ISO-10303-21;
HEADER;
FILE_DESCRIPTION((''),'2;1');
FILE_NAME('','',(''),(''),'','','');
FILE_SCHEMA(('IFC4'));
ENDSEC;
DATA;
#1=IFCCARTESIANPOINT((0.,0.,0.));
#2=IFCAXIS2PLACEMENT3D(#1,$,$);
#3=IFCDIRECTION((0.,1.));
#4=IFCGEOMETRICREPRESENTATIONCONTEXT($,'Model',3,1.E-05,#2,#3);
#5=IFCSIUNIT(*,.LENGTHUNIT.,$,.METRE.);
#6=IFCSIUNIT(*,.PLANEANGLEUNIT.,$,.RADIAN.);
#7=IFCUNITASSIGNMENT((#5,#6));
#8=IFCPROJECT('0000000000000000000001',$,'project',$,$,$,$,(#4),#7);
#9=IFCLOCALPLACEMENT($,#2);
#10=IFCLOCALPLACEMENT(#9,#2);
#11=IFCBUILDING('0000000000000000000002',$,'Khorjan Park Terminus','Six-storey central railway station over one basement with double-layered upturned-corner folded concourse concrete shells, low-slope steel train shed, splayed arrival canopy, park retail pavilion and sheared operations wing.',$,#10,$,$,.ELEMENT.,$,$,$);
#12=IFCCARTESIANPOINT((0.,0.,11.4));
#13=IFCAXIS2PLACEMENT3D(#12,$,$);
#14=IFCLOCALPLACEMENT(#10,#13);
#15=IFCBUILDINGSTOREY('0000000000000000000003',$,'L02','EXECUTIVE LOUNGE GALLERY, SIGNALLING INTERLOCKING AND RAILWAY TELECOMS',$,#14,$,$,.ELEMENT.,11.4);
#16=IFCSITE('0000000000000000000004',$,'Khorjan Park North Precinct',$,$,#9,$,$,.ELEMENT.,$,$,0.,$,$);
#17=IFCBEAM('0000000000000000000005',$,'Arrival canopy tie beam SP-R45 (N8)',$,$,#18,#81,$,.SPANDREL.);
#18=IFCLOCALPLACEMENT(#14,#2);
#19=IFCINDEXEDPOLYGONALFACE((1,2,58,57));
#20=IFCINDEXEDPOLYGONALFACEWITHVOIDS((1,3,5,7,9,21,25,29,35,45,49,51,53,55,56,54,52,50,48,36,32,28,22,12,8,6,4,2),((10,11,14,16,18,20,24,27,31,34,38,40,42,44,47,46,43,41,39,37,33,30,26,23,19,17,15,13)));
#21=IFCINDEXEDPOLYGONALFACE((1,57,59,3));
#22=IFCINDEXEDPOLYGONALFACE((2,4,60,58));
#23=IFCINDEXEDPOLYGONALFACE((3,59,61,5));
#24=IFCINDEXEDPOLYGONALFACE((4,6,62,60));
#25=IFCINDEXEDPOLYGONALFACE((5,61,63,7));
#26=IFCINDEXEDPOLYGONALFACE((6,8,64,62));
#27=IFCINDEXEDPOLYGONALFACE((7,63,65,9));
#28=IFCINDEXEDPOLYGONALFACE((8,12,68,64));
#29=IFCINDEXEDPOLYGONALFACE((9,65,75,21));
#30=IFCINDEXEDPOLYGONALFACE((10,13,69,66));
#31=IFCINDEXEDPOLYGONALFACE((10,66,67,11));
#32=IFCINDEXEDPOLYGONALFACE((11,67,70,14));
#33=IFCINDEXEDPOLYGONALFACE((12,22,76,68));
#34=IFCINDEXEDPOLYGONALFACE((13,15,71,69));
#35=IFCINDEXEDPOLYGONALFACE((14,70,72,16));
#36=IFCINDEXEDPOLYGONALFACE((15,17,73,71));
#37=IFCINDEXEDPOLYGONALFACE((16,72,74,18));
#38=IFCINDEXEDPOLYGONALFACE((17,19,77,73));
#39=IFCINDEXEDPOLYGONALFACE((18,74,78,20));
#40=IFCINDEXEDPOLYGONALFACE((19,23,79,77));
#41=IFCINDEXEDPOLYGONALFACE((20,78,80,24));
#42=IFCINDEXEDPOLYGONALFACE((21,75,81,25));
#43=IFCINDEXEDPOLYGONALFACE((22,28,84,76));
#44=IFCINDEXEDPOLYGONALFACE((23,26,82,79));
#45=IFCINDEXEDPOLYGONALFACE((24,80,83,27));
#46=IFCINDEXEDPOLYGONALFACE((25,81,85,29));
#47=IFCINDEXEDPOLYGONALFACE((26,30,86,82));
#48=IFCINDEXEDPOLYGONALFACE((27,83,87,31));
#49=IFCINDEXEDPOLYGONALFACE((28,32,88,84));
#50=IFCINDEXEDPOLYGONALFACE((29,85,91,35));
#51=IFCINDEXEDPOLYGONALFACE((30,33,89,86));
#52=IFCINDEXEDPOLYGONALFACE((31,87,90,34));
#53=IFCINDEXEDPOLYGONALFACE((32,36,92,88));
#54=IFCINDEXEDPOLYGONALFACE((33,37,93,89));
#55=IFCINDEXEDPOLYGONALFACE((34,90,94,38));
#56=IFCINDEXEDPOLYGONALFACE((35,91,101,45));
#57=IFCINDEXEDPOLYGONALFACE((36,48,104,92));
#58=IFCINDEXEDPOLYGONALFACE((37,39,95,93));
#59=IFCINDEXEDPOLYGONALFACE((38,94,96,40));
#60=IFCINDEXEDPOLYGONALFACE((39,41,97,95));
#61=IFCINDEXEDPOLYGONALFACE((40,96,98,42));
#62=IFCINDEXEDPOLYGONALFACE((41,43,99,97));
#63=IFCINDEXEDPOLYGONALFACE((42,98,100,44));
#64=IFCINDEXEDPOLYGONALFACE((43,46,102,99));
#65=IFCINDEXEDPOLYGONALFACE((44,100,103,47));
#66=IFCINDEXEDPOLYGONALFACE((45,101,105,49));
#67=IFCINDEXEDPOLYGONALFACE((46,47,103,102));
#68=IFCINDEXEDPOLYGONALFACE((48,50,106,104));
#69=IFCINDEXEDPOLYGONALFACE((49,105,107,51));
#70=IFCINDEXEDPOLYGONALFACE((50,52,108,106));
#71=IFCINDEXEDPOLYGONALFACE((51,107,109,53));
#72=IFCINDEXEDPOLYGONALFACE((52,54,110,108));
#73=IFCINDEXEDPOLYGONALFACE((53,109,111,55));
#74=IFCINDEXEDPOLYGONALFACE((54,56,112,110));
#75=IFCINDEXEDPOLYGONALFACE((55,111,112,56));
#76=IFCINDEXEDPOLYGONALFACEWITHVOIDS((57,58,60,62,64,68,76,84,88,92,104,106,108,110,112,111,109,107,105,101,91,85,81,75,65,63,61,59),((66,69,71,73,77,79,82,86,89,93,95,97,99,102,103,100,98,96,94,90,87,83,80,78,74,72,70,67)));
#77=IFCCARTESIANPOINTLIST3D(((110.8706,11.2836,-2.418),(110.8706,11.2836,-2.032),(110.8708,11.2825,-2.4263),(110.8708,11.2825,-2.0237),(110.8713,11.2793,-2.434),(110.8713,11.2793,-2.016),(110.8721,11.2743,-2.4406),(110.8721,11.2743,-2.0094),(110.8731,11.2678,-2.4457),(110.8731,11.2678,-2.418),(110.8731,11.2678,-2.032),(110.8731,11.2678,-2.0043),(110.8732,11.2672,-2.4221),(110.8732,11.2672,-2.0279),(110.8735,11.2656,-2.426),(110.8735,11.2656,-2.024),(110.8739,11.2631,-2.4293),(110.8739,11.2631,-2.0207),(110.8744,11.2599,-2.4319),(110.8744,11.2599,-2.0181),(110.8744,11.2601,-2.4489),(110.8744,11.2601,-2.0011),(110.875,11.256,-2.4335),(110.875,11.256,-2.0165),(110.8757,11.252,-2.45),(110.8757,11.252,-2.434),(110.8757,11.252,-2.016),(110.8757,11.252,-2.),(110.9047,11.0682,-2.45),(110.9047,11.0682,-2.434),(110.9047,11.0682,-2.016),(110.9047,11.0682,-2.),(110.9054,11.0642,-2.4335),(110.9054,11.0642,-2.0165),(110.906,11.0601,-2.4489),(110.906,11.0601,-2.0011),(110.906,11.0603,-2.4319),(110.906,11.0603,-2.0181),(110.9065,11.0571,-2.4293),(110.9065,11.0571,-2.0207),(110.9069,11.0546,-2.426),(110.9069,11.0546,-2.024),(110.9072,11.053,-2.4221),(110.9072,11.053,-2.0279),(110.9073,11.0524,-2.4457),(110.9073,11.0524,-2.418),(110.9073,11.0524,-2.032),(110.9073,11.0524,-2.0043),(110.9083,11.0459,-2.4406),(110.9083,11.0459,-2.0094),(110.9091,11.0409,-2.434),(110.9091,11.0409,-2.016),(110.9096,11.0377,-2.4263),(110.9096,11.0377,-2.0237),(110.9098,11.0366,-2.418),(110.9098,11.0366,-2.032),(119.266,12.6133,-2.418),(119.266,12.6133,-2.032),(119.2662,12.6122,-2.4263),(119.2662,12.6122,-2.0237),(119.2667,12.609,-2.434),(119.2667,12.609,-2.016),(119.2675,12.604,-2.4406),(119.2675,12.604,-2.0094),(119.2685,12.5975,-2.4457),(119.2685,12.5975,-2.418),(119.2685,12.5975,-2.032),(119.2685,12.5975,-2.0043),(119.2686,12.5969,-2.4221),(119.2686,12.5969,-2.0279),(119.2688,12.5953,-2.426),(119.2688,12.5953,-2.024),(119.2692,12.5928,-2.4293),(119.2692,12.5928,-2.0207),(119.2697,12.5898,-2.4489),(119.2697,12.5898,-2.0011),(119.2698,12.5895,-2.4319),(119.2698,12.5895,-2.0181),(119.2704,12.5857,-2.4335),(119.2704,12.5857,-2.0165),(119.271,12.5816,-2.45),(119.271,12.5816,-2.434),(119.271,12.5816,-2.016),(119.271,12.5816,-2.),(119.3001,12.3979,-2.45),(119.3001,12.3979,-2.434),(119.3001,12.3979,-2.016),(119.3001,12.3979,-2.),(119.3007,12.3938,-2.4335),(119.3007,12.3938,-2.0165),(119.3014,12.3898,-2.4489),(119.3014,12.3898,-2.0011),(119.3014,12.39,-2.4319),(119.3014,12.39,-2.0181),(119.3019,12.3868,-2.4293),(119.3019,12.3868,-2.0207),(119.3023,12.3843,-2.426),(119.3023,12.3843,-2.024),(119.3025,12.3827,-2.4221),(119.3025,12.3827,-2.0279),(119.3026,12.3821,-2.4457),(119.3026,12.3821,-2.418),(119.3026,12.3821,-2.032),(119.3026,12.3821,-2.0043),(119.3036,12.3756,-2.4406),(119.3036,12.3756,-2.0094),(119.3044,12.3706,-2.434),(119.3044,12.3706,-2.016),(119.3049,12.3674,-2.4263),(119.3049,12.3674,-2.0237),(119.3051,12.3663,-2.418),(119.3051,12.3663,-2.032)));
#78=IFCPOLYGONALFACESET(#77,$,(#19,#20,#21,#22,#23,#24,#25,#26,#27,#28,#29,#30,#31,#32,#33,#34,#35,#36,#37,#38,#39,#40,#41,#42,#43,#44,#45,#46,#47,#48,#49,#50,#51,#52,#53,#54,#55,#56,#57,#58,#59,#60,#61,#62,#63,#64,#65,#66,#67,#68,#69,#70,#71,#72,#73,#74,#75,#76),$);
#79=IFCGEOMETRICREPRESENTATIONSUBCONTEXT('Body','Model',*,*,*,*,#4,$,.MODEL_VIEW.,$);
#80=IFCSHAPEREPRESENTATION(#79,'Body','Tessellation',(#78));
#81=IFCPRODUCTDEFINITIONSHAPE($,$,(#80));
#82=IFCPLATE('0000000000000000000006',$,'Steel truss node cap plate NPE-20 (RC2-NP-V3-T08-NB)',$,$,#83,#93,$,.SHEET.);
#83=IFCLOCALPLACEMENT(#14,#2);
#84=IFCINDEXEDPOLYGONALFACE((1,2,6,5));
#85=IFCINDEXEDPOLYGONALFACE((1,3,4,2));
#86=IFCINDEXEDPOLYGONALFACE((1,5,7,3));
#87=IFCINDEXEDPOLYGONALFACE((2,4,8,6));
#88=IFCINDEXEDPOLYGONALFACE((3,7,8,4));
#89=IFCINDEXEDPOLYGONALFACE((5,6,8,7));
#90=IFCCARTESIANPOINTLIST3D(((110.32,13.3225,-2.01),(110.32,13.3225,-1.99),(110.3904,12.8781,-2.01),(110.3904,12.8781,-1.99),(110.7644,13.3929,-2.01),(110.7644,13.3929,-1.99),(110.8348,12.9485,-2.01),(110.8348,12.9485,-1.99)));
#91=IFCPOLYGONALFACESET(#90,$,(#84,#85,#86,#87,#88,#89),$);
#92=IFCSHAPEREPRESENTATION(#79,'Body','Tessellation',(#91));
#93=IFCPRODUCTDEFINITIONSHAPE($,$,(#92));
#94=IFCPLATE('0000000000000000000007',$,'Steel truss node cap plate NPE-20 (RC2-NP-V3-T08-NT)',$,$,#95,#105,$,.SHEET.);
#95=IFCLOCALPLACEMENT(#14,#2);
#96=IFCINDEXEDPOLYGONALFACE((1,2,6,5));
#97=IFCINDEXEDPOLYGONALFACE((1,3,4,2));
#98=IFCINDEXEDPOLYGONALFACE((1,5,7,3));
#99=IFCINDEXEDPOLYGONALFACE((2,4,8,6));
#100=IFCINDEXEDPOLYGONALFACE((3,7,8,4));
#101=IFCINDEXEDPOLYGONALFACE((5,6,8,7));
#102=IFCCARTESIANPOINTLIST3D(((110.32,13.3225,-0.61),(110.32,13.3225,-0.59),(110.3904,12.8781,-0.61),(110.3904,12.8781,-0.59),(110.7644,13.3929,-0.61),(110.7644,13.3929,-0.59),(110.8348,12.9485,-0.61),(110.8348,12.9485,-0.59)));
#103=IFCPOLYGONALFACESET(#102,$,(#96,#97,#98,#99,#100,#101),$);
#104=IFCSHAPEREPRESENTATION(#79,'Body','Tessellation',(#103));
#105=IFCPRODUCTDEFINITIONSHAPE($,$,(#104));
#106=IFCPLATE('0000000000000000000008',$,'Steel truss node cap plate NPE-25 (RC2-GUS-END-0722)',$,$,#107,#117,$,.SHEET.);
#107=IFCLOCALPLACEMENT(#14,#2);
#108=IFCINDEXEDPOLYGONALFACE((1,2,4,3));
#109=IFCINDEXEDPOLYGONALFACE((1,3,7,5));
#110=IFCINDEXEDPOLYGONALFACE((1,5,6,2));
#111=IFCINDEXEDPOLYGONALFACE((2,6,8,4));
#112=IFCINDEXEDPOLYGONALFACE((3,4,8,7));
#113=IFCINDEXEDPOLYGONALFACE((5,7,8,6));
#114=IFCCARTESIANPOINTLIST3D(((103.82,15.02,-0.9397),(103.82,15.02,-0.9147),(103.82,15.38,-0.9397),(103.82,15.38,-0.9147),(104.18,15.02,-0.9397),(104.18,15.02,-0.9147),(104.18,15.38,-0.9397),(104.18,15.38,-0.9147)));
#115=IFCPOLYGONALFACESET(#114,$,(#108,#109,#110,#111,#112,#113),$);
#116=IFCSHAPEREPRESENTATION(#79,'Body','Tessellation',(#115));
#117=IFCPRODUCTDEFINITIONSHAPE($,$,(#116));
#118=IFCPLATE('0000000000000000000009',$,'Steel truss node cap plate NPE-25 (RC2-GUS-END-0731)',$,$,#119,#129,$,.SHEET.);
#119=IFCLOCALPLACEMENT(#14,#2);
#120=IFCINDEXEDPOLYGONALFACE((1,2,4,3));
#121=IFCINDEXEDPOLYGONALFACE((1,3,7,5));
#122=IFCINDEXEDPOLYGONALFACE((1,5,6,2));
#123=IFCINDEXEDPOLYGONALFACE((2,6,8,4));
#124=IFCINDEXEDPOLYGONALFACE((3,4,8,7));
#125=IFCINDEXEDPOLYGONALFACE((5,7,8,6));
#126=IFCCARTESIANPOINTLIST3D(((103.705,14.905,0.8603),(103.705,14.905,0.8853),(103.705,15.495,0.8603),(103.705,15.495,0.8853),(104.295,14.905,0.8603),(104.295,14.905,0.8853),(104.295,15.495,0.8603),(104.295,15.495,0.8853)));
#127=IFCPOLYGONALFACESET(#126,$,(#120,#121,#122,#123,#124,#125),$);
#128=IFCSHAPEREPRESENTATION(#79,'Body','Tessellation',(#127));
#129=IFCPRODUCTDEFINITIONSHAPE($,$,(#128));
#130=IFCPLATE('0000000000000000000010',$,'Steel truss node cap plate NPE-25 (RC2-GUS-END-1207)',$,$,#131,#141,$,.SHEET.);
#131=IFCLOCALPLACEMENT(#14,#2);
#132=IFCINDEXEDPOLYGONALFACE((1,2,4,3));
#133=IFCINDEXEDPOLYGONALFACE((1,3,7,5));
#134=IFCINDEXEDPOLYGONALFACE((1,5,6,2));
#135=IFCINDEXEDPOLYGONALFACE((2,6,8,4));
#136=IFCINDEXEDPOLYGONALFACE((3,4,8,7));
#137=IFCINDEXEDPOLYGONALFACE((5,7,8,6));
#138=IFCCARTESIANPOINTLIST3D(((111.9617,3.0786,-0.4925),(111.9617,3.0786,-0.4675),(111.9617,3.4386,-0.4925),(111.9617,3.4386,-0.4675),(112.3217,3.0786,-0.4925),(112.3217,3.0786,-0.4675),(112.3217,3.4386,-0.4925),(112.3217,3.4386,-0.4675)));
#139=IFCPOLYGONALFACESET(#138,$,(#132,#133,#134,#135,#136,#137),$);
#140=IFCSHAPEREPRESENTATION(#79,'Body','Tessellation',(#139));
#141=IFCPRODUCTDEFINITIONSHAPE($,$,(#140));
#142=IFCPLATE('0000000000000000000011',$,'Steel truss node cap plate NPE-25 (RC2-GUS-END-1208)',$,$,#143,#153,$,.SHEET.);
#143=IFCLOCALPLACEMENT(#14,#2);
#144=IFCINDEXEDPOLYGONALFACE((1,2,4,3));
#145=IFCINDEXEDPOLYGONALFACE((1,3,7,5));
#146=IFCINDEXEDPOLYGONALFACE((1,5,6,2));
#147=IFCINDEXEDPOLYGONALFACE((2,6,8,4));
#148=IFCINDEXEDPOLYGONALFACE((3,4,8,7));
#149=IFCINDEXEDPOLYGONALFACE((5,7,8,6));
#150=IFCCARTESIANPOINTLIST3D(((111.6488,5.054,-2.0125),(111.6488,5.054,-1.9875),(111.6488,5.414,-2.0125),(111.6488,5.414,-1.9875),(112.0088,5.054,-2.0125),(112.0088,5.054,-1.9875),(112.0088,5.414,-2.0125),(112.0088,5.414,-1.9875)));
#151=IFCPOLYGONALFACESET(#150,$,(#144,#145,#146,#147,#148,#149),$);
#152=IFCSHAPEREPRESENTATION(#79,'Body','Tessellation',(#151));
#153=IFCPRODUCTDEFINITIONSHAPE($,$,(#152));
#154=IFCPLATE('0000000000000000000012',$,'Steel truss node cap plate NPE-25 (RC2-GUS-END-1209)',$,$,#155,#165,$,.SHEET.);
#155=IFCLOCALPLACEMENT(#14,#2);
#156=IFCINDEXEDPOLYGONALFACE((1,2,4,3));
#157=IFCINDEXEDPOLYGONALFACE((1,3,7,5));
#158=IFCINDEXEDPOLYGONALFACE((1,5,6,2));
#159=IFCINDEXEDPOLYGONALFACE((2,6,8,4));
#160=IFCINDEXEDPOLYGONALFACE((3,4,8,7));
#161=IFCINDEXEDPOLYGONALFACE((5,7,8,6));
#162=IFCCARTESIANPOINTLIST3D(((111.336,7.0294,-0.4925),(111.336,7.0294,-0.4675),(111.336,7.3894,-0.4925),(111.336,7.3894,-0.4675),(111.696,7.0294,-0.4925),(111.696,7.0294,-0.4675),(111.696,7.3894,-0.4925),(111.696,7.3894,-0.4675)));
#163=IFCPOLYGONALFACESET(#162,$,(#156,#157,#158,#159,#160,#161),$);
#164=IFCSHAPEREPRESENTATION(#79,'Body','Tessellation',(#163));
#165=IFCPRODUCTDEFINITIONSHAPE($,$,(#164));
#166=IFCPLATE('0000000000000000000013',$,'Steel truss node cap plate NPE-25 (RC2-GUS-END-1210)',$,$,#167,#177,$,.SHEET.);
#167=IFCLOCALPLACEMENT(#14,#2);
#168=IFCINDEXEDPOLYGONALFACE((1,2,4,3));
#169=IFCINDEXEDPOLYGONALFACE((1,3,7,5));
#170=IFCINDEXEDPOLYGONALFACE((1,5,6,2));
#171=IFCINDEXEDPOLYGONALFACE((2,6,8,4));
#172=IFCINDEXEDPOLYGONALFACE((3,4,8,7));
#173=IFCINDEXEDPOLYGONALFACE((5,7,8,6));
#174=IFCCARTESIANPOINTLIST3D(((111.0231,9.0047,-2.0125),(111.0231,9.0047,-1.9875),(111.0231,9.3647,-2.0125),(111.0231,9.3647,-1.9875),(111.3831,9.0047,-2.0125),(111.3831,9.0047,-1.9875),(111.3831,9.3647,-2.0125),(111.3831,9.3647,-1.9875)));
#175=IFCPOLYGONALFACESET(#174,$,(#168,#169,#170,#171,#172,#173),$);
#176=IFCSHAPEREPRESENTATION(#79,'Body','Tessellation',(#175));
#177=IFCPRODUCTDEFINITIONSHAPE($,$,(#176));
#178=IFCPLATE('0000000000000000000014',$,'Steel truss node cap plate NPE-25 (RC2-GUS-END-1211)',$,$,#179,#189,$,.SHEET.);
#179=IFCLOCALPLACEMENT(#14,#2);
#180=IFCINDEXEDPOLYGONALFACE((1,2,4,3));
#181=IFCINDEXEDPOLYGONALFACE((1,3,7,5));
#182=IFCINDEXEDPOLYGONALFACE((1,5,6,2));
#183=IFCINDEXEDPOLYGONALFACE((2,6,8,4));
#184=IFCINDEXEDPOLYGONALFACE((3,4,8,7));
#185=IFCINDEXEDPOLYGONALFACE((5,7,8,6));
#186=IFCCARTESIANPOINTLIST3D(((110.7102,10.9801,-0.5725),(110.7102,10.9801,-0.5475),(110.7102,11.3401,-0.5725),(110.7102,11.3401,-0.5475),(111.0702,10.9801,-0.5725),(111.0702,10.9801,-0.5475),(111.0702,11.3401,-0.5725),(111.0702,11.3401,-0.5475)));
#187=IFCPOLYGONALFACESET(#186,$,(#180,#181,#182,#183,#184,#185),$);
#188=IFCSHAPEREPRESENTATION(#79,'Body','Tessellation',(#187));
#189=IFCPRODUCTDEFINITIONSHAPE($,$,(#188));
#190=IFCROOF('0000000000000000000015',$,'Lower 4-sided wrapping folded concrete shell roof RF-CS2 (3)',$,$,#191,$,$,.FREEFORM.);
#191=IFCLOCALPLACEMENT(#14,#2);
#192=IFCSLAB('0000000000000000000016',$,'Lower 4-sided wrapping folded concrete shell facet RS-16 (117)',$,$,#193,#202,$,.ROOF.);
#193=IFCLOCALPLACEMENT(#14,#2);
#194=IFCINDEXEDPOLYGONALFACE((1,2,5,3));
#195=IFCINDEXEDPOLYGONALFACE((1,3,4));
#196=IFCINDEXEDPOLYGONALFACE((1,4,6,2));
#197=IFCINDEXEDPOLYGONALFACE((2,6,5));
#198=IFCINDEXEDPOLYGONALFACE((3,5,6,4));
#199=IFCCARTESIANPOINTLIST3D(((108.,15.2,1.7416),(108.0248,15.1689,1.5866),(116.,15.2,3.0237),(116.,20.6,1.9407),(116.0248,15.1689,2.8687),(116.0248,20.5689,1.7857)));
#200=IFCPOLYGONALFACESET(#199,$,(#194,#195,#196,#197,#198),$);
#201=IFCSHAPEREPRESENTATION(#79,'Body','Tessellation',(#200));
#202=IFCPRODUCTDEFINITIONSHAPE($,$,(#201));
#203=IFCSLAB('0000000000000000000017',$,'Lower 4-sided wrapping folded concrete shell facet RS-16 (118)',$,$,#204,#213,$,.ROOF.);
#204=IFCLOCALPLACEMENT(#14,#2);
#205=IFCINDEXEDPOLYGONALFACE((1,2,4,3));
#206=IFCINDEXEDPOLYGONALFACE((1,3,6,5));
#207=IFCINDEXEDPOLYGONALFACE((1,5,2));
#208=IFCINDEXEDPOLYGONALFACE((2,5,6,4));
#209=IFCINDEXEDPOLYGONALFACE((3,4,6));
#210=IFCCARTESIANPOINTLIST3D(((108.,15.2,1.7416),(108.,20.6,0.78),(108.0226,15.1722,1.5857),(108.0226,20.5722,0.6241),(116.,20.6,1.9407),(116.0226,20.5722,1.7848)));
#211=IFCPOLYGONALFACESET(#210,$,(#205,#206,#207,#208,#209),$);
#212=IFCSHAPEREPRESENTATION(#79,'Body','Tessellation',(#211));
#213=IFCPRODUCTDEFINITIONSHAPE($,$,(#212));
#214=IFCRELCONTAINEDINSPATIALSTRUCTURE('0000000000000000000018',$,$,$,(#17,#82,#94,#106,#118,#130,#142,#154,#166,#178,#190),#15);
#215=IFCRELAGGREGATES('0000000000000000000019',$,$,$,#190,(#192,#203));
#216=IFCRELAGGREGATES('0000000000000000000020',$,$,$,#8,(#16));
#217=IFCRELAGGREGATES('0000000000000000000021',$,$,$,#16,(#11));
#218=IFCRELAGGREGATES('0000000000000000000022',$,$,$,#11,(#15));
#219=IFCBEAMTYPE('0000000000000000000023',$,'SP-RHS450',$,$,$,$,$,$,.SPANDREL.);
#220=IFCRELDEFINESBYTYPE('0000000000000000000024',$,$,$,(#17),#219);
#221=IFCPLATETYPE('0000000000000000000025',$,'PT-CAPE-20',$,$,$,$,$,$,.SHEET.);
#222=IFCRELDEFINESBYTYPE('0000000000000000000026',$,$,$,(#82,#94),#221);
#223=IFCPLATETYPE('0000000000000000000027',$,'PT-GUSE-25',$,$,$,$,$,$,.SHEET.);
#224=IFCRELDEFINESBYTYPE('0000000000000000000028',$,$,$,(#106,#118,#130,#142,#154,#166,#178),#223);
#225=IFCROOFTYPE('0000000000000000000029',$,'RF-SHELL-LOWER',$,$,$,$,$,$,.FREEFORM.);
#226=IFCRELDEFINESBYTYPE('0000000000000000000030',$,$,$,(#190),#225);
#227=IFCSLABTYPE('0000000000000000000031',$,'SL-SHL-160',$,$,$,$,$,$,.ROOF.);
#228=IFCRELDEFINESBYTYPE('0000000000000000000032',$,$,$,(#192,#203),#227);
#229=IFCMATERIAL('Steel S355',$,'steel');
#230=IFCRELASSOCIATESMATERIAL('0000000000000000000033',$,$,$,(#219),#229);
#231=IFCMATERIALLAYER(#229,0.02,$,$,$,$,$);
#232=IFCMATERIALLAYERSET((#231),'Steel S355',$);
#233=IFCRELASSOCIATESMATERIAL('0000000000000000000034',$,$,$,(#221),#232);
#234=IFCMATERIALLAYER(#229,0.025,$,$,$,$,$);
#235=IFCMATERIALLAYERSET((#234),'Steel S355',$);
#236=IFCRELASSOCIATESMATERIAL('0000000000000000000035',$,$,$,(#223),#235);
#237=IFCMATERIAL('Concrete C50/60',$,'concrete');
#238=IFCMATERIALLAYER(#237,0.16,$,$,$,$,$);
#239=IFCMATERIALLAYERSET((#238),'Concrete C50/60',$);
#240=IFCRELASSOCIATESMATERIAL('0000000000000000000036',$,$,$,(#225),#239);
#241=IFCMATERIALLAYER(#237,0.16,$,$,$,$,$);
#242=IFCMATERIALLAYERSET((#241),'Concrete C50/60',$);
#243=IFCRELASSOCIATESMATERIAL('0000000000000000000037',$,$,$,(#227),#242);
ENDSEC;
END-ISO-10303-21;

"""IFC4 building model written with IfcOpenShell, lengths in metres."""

from ifc_helpers import new_model, si_unit, direction, frame, origin, origin_2d, place, context, subcontext, project, spatial, polyline, rectangle, hollow_rectangle, outline, extrude, material, layer, layer_set, material_profile, profile_set, type_object, element, aggregate, save


model = new_model("IFC4")

# Units and contexts
model_context = context("Model", 3, precision=1e-05, world=origin(), true_north=direction((0.0, 1.0)))
body_context = subcontext(model_context, "Body", "Model", "MODEL_VIEW")
ifc_project = project(units=[si_unit("LENGTHUNIT", "METRE"), si_unit("PLANEANGLEUNIT", "RADIAN")], contexts=[model_context])

# Site, building, storey
site_placement = place(None, origin())
site = spatial("IfcSite", under=ifc_project, at=site_placement, Name="Khorjan Park North Precinct", CompositionType="ELEMENT", RefElevation=0.0)
building_placement = place(site_placement, origin())
building = spatial("IfcBuilding", under=site, at=building_placement, Name="Khorjan Park Terminus", Description="Six-storey central railway station over one basement with double-layered upturned-corner folded concourse concrete shells, low-slope steel train shed, splayed arrival canopy, park retail pavilion and sheared operations wing.", CompositionType="ELEMENT")
storey_placement = place(building_placement, frame((0.0, 0.0, 11.4)))
storey = spatial("IfcBuildingStorey", under=building, at=storey_placement, Name="L02", Description="EXECUTIVE LOUNGE GALLERY, SIGNALLING INTERLOCKING AND RAILWAY TELECOMS", CompositionType="ELEMENT", Elevation=11.4)

# Shared definitions
ifc_material_1 = material(Name="Steel S355", Category="steel")

# Beam
ifc_material_profile_1 = material_profile(ifc_material_1, hollow_rectangle(XDim=0.25, YDim=0.45, WallThickness=0.016, InnerFilletRadius=0.016, OuterFilletRadius=0.032, at=origin_2d()), Name="RHS 450x250x16")
ifc_profile_set_1 = profile_set([ifc_material_profile_1], Name="Steel S355")
beam_type = type_object("IfcBeamType", Name="SP-RHS450", PredefinedType="SPANDREL", material=ifc_profile_set_1)
beam_1_placement = place(storey_placement, frame((110.8902, 11.1601, -2.225), z_axis=(0.987688, 0.156434, 0.0), x_axis=(-0.156434, 0.987688, 0.0)))
element("IfcBeam", 1, at=beam_1_placement, inside=storey, type_object=beam_type, Name="Arrival canopy tie beam SP-R45 (N8)", PredefinedType="SPANDREL", context=body_context, shape_type="SweptSolid", body=[
    extrude(hollow_rectangle(XDim=0.25, YDim=0.45, WallThickness=0.016, InnerFilletRadius=0.016, OuterFilletRadius=0.032, at=origin_2d()), origin(), (0.0, 0.0, 1.0), 8.5),
])

# Plates
ifc_layer_1 = layer(ifc_material_1, 0.02)
ifc_layer_set_1 = layer_set([ifc_layer_1], Name="Steel S355")
plate_type_1 = type_object("IfcPlateType", Name="PT-CAPE-20", PredefinedType="SHEET", material=ifc_layer_set_1)
for number, where, z_axis, x_axis, name in (
    (2, (110.5774, 13.1355, -2.01), (0.0, 0.0, 1.0), (0.987688, 0.156434, 0.0), "Steel truss node cap plate NPE-20 (RC2-NP-V3-T08-NB)"),
    (3, (110.5774, 13.1355, -0.61), (0.0, 0.0, 1.0), (0.987688, 0.156434, 0.0), "Steel truss node cap plate NPE-20 (RC2-NP-V3-T08-NT)"),
):
    element("IfcPlate", number, at=place(storey_placement, frame(where, z_axis=z_axis, x_axis=x_axis)), inside=storey, type_object=plate_type_1, Name=name, PredefinedType="SHEET", context=body_context, shape_type="SweptSolid", body=[
        extrude(rectangle(XDim=0.45, YDim=0.45, at=origin_2d()), origin(), (0.0, 0.0, 1.0), 0.02),
    ])
ifc_layer_2 = layer(ifc_material_1, 0.025)
ifc_layer_set_2 = layer_set([ifc_layer_2], Name="Steel S355")
plate_type_2 = type_object("IfcPlateType", Name="PT-GUSE-25", PredefinedType="SHEET", material=ifc_layer_set_2)
plate_1_placement = place(storey_placement, frame((104.0, 15.2, -0.9397), z_axis=(0.0, 0.0, 1.0), x_axis=(1.0, 0.0, 0.0)))
element("IfcPlate", 4, at=plate_1_placement, inside=storey, type_object=plate_type_2, Name="Steel truss node cap plate NPE-25 (RC2-GUS-END-0722)", PredefinedType="SHEET", context=body_context, shape_type="SweptSolid", body=[
    extrude(rectangle(XDim=0.36, YDim=0.36, at=origin_2d()), origin(), (0.0, 0.0, 1.0), 0.025),
])
plate_2_placement = place(storey_placement, frame((104.0, 15.2, 0.8603), z_axis=(0.0, 0.0, 1.0), x_axis=(1.0, 0.0, 0.0)))
element("IfcPlate", 5, at=plate_2_placement, inside=storey, type_object=plate_type_2, Name="Steel truss node cap plate NPE-25 (RC2-GUS-END-0731)", PredefinedType="SHEET", context=body_context, shape_type="SweptSolid", body=[
    extrude(rectangle(XDim=0.59, YDim=0.59, at=origin_2d()), origin(), (0.0, 0.0, 1.0), 0.025),
])
for number, where, z_axis, x_axis, name in (
    (6, (112.1417, 3.2586, -0.4925), (0.0, 0.0, 1.0), (1.0, 0.0, 0.0), "Steel truss node cap plate NPE-25 (RC2-GUS-END-1207)"),
    (7, (111.8288, 5.234, -2.0125), (0.0, 0.0, 1.0), (1.0, 0.0, 0.0), "Steel truss node cap plate NPE-25 (RC2-GUS-END-1208)"),
    (8, (111.516, 7.2094, -0.4925), (0.0, 0.0, 1.0), (1.0, 0.0, 0.0), "Steel truss node cap plate NPE-25 (RC2-GUS-END-1209)"),
    (9, (111.2031, 9.1847, -2.0125), (0.0, 0.0, 1.0), (1.0, 0.0, 0.0), "Steel truss node cap plate NPE-25 (RC2-GUS-END-1210)"),
    (10, (110.8902, 11.1601, -0.5725), (0.0, 0.0, 1.0), (1.0, 0.0, 0.0), "Steel truss node cap plate NPE-25 (RC2-GUS-END-1211)"),
):
    element("IfcPlate", number, at=place(storey_placement, frame(where, z_axis=z_axis, x_axis=x_axis)), inside=storey, type_object=plate_type_2, Name=name, PredefinedType="SHEET", context=body_context, shape_type="SweptSolid", body=[
        extrude(rectangle(XDim=0.36, YDim=0.36, at=origin_2d()), origin(), (0.0, 0.0, 1.0), 0.025),
    ])

# Roof, slabs
ifc_material_2 = material(Name="Concrete C50/60", Category="concrete")
ifc_layer_3 = layer(ifc_material_2, 0.16)
ifc_layer_set_3 = layer_set([ifc_layer_3], Name="Concrete C50/60")
roof_type = type_object("IfcRoofType", Name="RF-SHELL-LOWER", PredefinedType="FREEFORM", material=ifc_layer_set_3)
roof_placement = place(storey_placement, origin())
roof = element("IfcRoof", 11, at=roof_placement, inside=storey, type_object=roof_type, Name="Lower 4-sided wrapping folded concrete shell roof RF-CS2 (3)", PredefinedType="FREEFORM")
ifc_layer_4 = layer(ifc_material_2, 0.16)
ifc_layer_set_4 = layer_set([ifc_layer_4], Name="Concrete C50/60")
slab_type = type_object("IfcSlabType", Name="SL-SHL-160", PredefinedType="ROOF", material=ifc_layer_set_4)
slab_1_placement = place(storey_placement, frame((108.0, 15.2, 1.7416), z_axis=(-0.155229, 0.194256, 0.968591), x_axis=(0.9874, 0.0, 0.158243)))
slab_1 = element("IfcSlab", 12, at=slab_1_placement, type_object=slab_type, Name="Lower 4-sided wrapping folded concrete shell facet RS-16 (117)", PredefinedType="ROOF", context=body_context, shape_type="SweptSolid", body=[
    extrude(outline(polyline([(0.0, 0.0), (8.1021, 0.0), (7.9307, 5.5049), (0.0, 0.0)])), origin(), (0.0, 0.0, -1.0), 0.16),
])
slab_2_placement = place(storey_placement, frame((108.0, 15.2, 1.7416), z_axis=(-0.141405, 0.173554, 0.97462), x_axis=(0.828672, 0.559354, 0.020624)))
slab_2 = element("IfcSlab", 13, at=slab_2_placement, type_object=slab_type, Name="Lower 4-sided wrapping folded concrete shell facet RS-16 (118)", PredefinedType="ROOF", context=body_context, shape_type="SweptSolid", body=[
    extrude(outline(polyline([(0.0, 0.0), (9.654, 0.0), (3.0007, 4.5914), (0.0, 0.0)])), origin(), (0.0, 0.0, -1.0), 0.16),
])
aggregate(roof, [slab_1, slab_2])

save(model, "model.ifc")
